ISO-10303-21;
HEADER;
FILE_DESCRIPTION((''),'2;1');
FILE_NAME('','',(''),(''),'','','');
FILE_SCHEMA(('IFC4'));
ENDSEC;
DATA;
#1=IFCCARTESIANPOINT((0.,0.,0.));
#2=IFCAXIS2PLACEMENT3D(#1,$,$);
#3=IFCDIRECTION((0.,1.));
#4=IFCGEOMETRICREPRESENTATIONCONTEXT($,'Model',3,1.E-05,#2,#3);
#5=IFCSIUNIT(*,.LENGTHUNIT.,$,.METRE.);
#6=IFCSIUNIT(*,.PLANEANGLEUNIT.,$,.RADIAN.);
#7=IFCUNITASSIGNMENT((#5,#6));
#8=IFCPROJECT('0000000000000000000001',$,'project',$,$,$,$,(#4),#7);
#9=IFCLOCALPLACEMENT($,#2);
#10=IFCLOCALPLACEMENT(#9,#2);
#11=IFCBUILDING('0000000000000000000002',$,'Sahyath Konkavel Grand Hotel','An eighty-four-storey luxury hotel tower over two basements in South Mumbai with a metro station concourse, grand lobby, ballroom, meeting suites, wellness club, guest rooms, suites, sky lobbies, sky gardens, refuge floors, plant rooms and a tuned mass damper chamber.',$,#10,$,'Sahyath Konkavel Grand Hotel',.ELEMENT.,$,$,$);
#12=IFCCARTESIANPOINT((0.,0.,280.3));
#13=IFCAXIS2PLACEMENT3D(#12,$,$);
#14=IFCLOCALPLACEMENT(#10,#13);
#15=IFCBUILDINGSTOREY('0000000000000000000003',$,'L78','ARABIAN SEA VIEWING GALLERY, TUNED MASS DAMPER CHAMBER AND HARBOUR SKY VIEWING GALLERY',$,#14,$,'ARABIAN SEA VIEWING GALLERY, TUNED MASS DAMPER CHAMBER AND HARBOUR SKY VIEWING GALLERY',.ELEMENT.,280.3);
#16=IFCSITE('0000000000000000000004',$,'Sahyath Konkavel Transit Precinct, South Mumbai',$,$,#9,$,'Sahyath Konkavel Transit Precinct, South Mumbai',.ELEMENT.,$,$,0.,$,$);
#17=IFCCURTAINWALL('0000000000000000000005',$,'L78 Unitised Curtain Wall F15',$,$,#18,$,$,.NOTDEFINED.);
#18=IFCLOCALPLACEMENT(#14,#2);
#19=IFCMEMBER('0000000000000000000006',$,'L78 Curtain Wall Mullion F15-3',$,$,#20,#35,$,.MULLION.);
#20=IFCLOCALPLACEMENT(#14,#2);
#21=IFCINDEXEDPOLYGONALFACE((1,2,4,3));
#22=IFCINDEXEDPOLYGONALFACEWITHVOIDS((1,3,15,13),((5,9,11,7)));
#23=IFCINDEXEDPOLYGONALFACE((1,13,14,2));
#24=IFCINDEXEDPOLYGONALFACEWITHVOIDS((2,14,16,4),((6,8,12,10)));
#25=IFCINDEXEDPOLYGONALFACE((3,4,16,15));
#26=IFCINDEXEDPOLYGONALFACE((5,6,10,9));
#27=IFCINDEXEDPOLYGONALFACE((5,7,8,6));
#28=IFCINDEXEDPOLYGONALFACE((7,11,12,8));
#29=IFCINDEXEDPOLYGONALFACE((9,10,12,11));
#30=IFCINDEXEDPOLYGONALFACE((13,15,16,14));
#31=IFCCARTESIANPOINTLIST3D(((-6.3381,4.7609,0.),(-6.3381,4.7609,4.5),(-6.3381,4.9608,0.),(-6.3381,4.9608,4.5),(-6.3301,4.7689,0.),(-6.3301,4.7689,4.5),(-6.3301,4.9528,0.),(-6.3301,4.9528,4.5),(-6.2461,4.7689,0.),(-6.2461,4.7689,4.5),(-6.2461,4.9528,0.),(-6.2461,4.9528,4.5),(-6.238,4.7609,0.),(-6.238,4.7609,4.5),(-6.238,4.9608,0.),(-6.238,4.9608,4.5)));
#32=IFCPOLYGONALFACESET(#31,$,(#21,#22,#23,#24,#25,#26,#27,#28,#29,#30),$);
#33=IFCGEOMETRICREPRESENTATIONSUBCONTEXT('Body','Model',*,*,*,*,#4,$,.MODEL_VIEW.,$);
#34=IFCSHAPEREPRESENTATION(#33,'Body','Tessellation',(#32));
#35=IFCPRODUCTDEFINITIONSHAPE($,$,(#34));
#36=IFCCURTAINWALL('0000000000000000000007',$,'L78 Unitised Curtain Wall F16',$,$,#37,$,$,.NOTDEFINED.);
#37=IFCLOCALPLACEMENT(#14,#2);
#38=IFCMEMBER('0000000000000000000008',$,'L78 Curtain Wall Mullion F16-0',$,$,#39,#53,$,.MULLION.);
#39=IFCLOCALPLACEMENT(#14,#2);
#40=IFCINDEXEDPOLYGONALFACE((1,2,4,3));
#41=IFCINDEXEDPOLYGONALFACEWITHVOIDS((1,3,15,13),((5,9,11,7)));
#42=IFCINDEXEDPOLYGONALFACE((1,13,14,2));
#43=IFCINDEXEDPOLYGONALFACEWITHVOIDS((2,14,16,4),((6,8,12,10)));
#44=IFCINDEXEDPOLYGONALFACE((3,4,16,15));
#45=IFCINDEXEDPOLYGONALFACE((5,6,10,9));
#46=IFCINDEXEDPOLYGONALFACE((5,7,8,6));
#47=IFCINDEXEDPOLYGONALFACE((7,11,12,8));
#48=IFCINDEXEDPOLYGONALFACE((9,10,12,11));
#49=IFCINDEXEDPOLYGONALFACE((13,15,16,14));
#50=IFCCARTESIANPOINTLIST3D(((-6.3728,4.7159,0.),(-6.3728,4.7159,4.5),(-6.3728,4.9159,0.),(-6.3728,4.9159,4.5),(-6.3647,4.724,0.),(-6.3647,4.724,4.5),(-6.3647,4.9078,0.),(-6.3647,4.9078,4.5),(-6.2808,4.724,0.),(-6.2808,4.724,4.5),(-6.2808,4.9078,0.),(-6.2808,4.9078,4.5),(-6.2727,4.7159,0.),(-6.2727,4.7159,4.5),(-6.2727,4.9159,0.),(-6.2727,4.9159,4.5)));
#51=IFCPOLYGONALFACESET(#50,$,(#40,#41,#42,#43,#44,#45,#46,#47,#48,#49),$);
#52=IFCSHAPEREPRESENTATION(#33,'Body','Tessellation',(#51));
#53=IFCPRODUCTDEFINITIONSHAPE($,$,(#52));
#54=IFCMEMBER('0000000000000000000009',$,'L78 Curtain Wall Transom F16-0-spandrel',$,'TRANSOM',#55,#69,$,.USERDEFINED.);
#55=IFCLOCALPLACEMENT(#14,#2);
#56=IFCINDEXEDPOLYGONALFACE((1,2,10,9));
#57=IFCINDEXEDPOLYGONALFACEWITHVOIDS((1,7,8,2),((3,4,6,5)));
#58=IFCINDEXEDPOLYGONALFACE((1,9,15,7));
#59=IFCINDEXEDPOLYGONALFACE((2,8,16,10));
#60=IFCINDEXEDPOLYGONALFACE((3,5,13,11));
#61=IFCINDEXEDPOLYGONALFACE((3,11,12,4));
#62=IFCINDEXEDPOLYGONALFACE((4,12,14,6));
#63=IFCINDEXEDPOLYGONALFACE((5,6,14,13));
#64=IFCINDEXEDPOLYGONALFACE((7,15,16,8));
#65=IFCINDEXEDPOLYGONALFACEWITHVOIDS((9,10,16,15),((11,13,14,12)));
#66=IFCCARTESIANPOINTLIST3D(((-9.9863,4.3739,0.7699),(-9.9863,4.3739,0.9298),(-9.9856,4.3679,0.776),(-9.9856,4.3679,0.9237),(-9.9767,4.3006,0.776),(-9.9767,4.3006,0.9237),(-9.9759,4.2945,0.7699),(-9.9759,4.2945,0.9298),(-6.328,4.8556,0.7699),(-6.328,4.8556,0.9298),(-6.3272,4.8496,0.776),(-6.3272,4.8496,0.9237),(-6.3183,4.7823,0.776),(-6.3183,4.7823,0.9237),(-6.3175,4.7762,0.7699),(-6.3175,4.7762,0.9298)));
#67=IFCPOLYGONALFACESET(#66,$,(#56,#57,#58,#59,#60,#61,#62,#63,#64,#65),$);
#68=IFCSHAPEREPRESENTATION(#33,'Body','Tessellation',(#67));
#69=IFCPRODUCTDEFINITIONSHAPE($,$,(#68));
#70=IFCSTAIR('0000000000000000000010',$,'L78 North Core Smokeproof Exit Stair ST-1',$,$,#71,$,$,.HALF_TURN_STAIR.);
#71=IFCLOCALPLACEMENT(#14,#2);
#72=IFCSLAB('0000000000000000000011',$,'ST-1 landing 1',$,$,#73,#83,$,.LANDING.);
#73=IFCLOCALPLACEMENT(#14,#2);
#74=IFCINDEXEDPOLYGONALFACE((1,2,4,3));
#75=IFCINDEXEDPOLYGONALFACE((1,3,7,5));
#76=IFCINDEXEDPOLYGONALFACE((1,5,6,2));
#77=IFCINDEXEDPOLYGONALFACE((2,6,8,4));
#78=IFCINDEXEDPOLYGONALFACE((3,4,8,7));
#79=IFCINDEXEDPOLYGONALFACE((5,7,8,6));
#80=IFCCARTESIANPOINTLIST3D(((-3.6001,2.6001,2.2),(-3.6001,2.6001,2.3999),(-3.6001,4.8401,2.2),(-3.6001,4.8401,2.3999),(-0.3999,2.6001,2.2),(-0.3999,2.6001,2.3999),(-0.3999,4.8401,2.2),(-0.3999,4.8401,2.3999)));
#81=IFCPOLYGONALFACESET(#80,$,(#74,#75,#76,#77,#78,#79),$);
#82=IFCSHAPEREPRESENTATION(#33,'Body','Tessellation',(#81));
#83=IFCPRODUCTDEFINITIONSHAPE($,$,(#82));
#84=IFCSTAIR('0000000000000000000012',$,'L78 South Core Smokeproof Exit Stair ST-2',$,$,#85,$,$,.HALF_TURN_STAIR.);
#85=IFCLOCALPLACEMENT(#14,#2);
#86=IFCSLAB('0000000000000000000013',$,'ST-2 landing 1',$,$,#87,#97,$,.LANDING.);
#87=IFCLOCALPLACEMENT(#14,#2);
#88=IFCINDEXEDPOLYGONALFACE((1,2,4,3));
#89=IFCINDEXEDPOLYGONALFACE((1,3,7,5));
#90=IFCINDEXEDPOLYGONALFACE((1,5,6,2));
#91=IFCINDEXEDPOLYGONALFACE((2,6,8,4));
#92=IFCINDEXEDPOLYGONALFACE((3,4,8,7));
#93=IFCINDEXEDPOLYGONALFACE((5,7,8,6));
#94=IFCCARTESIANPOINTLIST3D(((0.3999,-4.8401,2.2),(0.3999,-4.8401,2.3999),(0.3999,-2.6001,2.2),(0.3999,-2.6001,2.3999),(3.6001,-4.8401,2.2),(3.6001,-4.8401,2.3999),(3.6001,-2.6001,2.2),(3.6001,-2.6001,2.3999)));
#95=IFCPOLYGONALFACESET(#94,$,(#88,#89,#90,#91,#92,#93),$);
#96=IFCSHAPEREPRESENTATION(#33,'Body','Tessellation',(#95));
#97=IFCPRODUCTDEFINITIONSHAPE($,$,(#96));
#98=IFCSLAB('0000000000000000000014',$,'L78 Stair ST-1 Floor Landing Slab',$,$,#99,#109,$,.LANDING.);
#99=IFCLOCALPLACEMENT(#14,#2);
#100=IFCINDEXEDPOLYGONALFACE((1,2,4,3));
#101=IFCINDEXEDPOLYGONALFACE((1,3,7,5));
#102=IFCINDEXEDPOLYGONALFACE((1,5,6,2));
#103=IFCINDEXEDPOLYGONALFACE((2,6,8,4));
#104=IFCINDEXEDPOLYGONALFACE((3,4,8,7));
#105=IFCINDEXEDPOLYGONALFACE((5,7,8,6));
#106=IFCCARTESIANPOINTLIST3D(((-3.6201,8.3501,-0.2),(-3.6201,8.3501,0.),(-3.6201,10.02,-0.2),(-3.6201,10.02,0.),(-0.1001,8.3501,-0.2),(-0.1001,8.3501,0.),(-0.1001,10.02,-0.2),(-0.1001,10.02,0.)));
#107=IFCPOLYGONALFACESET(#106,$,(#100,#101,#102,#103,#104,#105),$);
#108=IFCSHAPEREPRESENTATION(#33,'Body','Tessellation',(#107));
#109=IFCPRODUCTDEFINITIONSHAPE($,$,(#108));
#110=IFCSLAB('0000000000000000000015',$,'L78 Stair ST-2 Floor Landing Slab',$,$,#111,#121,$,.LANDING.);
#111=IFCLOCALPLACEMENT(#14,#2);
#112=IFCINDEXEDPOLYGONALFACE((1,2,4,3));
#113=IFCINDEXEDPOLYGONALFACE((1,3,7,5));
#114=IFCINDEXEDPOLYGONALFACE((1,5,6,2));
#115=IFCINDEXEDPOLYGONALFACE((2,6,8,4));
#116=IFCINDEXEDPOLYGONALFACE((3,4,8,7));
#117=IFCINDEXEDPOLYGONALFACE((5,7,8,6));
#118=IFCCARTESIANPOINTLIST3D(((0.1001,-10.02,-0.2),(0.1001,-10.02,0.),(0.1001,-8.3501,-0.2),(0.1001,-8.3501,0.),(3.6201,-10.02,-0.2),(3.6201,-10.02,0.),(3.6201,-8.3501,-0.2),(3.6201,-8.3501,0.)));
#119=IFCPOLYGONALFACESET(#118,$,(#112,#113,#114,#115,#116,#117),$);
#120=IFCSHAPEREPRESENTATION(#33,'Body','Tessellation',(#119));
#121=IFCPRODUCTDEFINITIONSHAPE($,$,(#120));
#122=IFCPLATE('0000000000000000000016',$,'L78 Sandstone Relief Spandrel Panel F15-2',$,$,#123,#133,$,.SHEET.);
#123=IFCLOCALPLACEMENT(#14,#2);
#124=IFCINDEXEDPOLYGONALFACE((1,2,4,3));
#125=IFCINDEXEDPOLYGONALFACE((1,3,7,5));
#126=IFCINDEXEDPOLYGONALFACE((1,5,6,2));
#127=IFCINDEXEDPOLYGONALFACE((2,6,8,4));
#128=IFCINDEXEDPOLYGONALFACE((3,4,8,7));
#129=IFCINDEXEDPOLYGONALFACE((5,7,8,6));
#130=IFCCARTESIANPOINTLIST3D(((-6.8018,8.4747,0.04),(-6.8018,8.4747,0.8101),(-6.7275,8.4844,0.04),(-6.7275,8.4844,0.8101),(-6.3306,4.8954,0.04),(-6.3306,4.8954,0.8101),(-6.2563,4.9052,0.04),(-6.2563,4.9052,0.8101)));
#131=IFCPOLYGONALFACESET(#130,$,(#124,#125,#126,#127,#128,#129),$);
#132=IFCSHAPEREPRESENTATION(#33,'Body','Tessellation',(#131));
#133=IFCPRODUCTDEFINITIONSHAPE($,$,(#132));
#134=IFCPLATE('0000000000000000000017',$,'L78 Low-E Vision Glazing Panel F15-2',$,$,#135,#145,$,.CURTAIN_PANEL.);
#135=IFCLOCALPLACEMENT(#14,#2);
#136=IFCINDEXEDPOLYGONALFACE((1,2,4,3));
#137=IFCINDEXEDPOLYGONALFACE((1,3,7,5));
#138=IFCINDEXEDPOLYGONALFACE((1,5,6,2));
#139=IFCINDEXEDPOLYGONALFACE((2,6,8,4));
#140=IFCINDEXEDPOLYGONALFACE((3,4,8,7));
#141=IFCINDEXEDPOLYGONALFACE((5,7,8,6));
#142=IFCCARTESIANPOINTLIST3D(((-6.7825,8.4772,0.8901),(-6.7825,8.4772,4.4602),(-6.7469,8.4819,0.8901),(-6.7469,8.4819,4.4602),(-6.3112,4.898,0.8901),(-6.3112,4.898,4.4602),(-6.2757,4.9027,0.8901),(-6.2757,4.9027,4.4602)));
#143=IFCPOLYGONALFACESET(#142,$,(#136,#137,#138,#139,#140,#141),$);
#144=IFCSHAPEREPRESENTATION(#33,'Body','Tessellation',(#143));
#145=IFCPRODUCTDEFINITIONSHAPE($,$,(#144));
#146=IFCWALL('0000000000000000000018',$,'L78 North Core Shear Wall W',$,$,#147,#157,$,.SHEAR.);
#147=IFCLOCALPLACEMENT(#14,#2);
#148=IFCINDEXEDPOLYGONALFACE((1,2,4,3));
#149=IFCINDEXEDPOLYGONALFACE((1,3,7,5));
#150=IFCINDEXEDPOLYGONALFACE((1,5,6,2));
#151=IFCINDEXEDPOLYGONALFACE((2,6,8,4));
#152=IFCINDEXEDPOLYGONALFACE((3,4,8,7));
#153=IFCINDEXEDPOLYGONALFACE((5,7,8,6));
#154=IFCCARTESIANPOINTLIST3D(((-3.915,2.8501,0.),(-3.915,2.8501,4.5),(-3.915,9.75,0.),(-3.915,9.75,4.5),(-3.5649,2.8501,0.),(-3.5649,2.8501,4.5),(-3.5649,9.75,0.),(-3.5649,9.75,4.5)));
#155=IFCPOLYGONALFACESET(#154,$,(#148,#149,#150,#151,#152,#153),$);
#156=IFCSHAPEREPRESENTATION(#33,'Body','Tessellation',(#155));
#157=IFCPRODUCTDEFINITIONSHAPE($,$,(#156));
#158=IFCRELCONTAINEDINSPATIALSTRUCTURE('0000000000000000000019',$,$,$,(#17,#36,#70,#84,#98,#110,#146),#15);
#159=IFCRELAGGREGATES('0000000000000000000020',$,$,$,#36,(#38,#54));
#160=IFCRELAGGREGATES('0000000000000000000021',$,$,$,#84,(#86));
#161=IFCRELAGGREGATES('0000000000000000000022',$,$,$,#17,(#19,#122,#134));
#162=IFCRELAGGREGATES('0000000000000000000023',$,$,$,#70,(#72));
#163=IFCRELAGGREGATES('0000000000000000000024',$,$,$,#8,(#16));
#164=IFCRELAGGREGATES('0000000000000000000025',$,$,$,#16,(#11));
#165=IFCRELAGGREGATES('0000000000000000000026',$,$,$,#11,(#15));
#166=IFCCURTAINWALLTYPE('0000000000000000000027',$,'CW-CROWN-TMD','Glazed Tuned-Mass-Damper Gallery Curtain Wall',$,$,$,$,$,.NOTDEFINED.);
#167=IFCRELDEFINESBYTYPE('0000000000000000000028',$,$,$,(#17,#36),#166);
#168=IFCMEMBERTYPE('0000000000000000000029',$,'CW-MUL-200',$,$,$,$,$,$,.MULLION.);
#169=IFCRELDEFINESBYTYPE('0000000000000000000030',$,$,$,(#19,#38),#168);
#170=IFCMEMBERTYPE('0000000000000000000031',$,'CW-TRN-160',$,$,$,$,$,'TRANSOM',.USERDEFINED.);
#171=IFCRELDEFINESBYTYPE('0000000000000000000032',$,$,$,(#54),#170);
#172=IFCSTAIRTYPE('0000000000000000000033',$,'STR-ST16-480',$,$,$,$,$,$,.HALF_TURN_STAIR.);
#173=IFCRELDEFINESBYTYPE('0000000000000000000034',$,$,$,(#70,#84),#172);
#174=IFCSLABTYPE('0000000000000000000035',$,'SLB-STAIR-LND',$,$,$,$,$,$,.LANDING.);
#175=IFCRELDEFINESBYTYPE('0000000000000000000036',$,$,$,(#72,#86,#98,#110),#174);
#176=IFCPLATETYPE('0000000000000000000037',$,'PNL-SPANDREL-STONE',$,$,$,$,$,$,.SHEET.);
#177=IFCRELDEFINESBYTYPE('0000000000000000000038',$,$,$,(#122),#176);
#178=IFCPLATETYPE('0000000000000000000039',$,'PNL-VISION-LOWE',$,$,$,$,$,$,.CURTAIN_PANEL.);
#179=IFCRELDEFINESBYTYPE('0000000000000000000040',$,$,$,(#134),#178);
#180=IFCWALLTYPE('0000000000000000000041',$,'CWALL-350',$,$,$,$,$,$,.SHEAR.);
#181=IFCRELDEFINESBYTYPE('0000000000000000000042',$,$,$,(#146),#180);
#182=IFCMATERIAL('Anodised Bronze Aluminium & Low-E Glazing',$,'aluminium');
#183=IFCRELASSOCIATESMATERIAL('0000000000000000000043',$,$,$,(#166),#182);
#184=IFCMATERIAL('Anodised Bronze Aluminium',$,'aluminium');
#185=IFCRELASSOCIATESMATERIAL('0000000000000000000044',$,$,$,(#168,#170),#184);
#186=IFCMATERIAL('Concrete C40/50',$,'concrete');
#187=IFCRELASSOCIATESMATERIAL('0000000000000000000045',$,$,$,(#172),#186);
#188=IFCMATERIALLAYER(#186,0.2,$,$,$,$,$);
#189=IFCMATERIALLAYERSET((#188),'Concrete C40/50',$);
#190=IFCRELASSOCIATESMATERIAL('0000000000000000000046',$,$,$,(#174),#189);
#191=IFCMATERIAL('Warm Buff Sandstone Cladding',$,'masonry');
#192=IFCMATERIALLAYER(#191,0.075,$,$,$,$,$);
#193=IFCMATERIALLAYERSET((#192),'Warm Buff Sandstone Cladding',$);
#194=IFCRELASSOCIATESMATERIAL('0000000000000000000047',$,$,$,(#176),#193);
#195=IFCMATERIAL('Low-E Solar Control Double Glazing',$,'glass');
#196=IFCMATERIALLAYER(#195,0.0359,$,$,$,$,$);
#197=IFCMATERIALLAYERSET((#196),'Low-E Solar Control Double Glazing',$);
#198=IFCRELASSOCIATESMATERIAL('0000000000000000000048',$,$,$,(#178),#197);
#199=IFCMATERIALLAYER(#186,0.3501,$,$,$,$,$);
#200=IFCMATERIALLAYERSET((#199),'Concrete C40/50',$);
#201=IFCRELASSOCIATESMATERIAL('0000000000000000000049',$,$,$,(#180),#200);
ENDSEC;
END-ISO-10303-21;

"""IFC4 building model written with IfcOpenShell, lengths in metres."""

from ifc_helpers import new_model, si_unit, direction, frame, frame_2d, origin, origin_2d, place, context, subcontext, project, spatial, polyline, rectangle, hollow_rectangle, outline, extrude, source, transform, mapped, material, layer, layer_set, material_profile, profile_set, type_object, element, aggregate, save


model = new_model("IFC4")

# Units and contexts
model_context = context("Model", 3, precision=1e-05, world=origin(), true_north=direction((0.0, 1.0)))
body_context = subcontext(model_context, "Body", "Model", "MODEL_VIEW")
ifc_project = project(units=[si_unit("LENGTHUNIT", "METRE"), si_unit("PLANEANGLEUNIT", "RADIAN")], contexts=[model_context])

# Site, building, storey
site_placement = place(None, origin())
site = spatial("IfcSite", under=ifc_project, at=site_placement, Name="Sahyath Konkavel Transit Precinct, South Mumbai", LongName="Sahyath Konkavel Transit Precinct, South Mumbai", CompositionType="ELEMENT", RefElevation=0.0)
building_placement = place(site_placement, origin())
building = spatial("IfcBuilding", under=site, at=building_placement, Name="Sahyath Konkavel Grand Hotel", Description="An eighty-four-storey luxury hotel tower over two basements in South Mumbai with a metro station concourse, grand lobby, ballroom, meeting suites, wellness club, guest rooms, suites, sky lobbies, sky gardens, refuge floors, plant rooms and a tuned mass damper chamber.", LongName="Sahyath Konkavel Grand Hotel", CompositionType="ELEMENT")
storey_placement = place(building_placement, frame((0.0, 0.0, 280.3)))
storey = spatial("IfcBuildingStorey", under=building, at=storey_placement, Name="L78", Description="ARABIAN SEA VIEWING GALLERY, TUNED MASS DAMPER CHAMBER AND HARBOUR SKY VIEWING GALLERY", LongName="ARABIAN SEA VIEWING GALLERY, TUNED MASS DAMPER CHAMBER AND HARBOUR SKY VIEWING GALLERY", CompositionType="ELEMENT", Elevation=280.3)

# Shared definitions
ifc_material_1 = material(Name="Concrete C40/50", Category="concrete")

# Curtain wall, member
ifc_material_2 = material(Name="Anodised Bronze Aluminium & Low-E Glazing", Category="aluminium")
curtain_wall_type = type_object("IfcCurtainWallType", Name="CW-CROWN-TMD", Description="Glazed Tuned-Mass-Damper Gallery Curtain Wall", PredefinedType="NOTDEFINED", material=ifc_material_2)
curtain_wall_1_placement = place(storey_placement, origin())
curtain_wall_1 = element("IfcCurtainWall", 1, at=curtain_wall_1_placement, inside=storey, type_object=curtain_wall_type, Name="L78 Unitised Curtain Wall F15", PredefinedType="NOTDEFINED")
ifc_material_3 = material(Name="Anodised Bronze Aluminium", Category="aluminium")
ifc_material_profile_1 = material_profile(ifc_material_3, hollow_rectangle(XDim=0.1001, YDim=0.2, WallThickness=0.0081, at=origin_2d()), Name="RHS 200x100x8")
ifc_profile_set_1 = profile_set([ifc_material_profile_1], Name="Anodised Bronze Aluminium")
member_type_1 = type_object("IfcMemberType", Name="CW-MUL-200", PredefinedType="MULLION", material=ifc_profile_set_1)
shared_shape_1 = source(origin(), body_context, "Body", "SweptSolid", [
    extrude(hollow_rectangle(XDim=0.1001, YDim=0.2, WallThickness=0.0081, at=origin_2d()), origin(), (0.0, 0.0, 1.0), 4.5),
])
member_1_placement = place(storey_placement, frame((-6.2881, 4.8608, 0.0), z_axis=(0.0, 0.0, 1.0), x_axis=(1.0, 0.0, 0.0)))
member_1 = element("IfcMember", 2, at=member_1_placement, type_object=member_type_1, Name="L78 Curtain Wall Mullion F15-3", PredefinedType="MULLION", context=body_context, shape_type="MappedRepresentation", body=[
    mapped(shared_shape_1, transform((0.0, 0.0, 0.0), scale=1.0)),
])

# Curtain wall, members
curtain_wall_2_placement = place(storey_placement, origin())
curtain_wall_2 = element("IfcCurtainWall", 3, at=curtain_wall_2_placement, inside=storey, type_object=curtain_wall_type, Name="L78 Unitised Curtain Wall F16", PredefinedType="NOTDEFINED")
member_2_placement = place(storey_placement, frame((-6.3228, 4.8159, 0.0), z_axis=(0.0, 0.0, 1.0), x_axis=(1.0, 0.0, 0.0)))
member_2 = element("IfcMember", 4, at=member_2_placement, type_object=member_type_1, Name="L78 Curtain Wall Mullion F16-0", PredefinedType="MULLION", context=body_context, shape_type="MappedRepresentation", body=[
    mapped(shared_shape_1, transform((0.0, 0.0, 0.0), scale=1.0)),
])
ifc_material_profile_2 = material_profile(ifc_material_3, hollow_rectangle(XDim=0.0801, YDim=0.1599, WallThickness=0.0061, at=origin_2d()), Name="RHS 160x80x6")
ifc_profile_set_2 = profile_set([ifc_material_profile_2], Name="Anodised Bronze Aluminium")
member_type_2 = type_object("IfcMemberType", Name="CW-TRN-160", ElementType="TRANSOM", PredefinedType="USERDEFINED", material=ifc_profile_set_2)
shared_shape_2 = source(origin(), body_context, "Body", "SweptSolid", [
    extrude(hollow_rectangle(XDim=0.0801, YDim=0.1599, WallThickness=0.0061, at=origin_2d()), origin(), (0.0, 0.0, 1.0), 3.6899),
])
member_3_placement = place(storey_placement, frame((-6.3228, 4.8159, 0.8499), z_axis=(-0.991443, -0.130538, 0.0), x_axis=(0.130538, -0.991443, 0.0)))
member_3 = element("IfcMember", 5, at=member_3_placement, type_object=member_type_2, Name="L78 Curtain Wall Transom F16-0-spandrel", ObjectType="TRANSOM", PredefinedType="USERDEFINED", context=body_context, shape_type="MappedRepresentation", body=[
    mapped(shared_shape_2, transform((0.0, 0.0, 0.0), scale=1.0)),
])
aggregate(curtain_wall_2, [member_2, member_3])

# Stairs, slabs
stair_type = type_object("IfcStairType", Name="STR-ST16-480", PredefinedType="HALF_TURN_STAIR", material=ifc_material_1)
stair_1_placement = place(storey_placement, origin())
stair_1 = element("IfcStair", 6, at=stair_1_placement, inside=storey, type_object=stair_type, Name="L78 North Core Smokeproof Exit Stair ST-1", PredefinedType="HALF_TURN_STAIR")
ifc_layer_1 = layer(ifc_material_1, 0.2)
ifc_layer_set_1 = layer_set([ifc_layer_1], Name="Concrete C40/50")
slab_type = type_object("IfcSlabType", Name="SLB-STAIR-LND", PredefinedType="LANDING", material=ifc_layer_set_1)
slab_1_placement = place(storey_placement, frame((0.0, 0.0, 2.2)))
slab_1 = element("IfcSlab", 7, at=slab_1_placement, type_object=slab_type, Name="ST-1 landing 1", PredefinedType="LANDING", context=body_context, shape_type="SweptSolid", body=[
    extrude(outline(polyline([(-3.6001, 4.8401), (-3.6001, 2.6001), (-0.3999, 2.6001), (-0.3999, 4.8401), (-3.6001, 4.8401)])), origin(), (0.0, 0.0, 1.0), 0.2),
])
stair_2_placement = place(storey_placement, origin())
stair_2 = element("IfcStair", 8, at=stair_2_placement, inside=storey, type_object=stair_type, Name="L78 South Core Smokeproof Exit Stair ST-2", PredefinedType="HALF_TURN_STAIR")
slab_2_placement = place(storey_placement, frame((0.0, 0.0, 2.2)))
slab_2 = element("IfcSlab", 9, at=slab_2_placement, type_object=slab_type, Name="ST-2 landing 1", PredefinedType="LANDING", context=body_context, shape_type="SweptSolid", body=[
    extrude(outline(polyline([(3.6001, -4.8401), (3.6001, -2.6001), (0.3999, -2.6001), (0.3999, -4.8401), (3.6001, -4.8401)])), origin(), (0.0, 0.0, 1.0), 0.2),
])
aggregate(stair_2, [slab_2])

# Slabs
slab_3_placement = place(storey_placement, frame((0.0, 0.0, -0.2)))
element("IfcSlab", 10, at=slab_3_placement, inside=storey, type_object=slab_type, Name="L78 Stair ST-1 Floor Landing Slab", PredefinedType="LANDING", context=body_context, shape_type="SweptSolid", body=[
    extrude(outline(polyline([(-3.6201, 8.3501), (-0.1001, 8.3501), (-0.1001, 10.02), (-3.6201, 10.02), (-3.6201, 8.3501)])), origin(), (0.0, 0.0, 1.0), 0.2),
])
slab_4_placement = place(storey_placement, frame((0.0, 0.0, -0.2)))
element("IfcSlab", 11, at=slab_4_placement, inside=storey, type_object=slab_type, Name="L78 Stair ST-2 Floor Landing Slab", PredefinedType="LANDING", context=body_context, shape_type="SweptSolid", body=[
    extrude(outline(polyline([(0.1001, -10.02), (3.6201, -10.02), (3.6201, -8.3501), (0.1001, -8.3501), (0.1001, -10.02)])), origin(), (0.0, 0.0, 1.0), 0.2),
])

# Plates
ifc_material_4 = material(Name="Warm Buff Sandstone Cladding", Category="masonry")
ifc_layer_2 = layer(ifc_material_4, 0.075)
ifc_layer_set_2 = layer_set([ifc_layer_2], Name="Warm Buff Sandstone Cladding")
plate_type_1 = type_object("IfcPlateType", Name="PNL-SPANDREL-STONE", PredefinedType="SHEET", material=ifc_layer_set_2)
shared_shape_3 = source(origin(), body_context, "Body", "SweptSolid", [
    extrude(rectangle(XDim=3.6101, YDim=0.075, at=origin_2d()), origin(), (0.0, 0.0, 1.0), 0.77),
])
plate_1_placement = place(storey_placement, frame((-6.5291, 6.6899, 0.04), z_axis=(0.0, 0.0, 1.0), x_axis=(0.130526, -0.991445, 0.0)))
plate_1 = element("IfcPlate", 12, at=plate_1_placement, type_object=plate_type_1, Name="L78 Sandstone Relief Spandrel Panel F15-2", PredefinedType="SHEET", context=body_context, shape_type="MappedRepresentation", body=[
    mapped(shared_shape_3, transform((0.0, 0.0, 0.0), scale=1.0)),
])
ifc_material_5 = material(Name="Low-E Solar Control Double Glazing", Category="glass")
ifc_layer_3 = layer(ifc_material_5, 0.0359)
ifc_layer_set_3 = layer_set([ifc_layer_3], Name="Low-E Solar Control Double Glazing")
plate_type_2 = type_object("IfcPlateType", Name="PNL-VISION-LOWE", PredefinedType="CURTAIN_PANEL", material=ifc_layer_set_3)
shared_shape_4 = source(origin(), body_context, "Body", "SweptSolid", [
    extrude(rectangle(XDim=3.6101, YDim=0.0359, at=origin_2d()), origin(), (0.0, 0.0, 1.0), 3.5701),
])
plate_2_placement = place(storey_placement, frame((-6.5291, 6.6899, 0.8901), z_axis=(0.0, 0.0, 1.0), x_axis=(0.130526, -0.991445, 0.0)))
plate_2 = element("IfcPlate", 13, at=plate_2_placement, type_object=plate_type_2, Name="L78 Low-E Vision Glazing Panel F15-2", PredefinedType="CURTAIN_PANEL", context=body_context, shape_type="MappedRepresentation", body=[
    mapped(shared_shape_4, transform((0.0, 0.0, 0.0), scale=1.0)),
])
aggregate(curtain_wall_1, [member_1, plate_1, plate_2])

# Wall
ifc_layer_4 = layer(ifc_material_1, 0.3501)
ifc_layer_set_4 = layer_set([ifc_layer_4], Name="Concrete C40/50")
wall_type_1 = type_object("IfcWallType", Name="CWALL-350", PredefinedType="SHEAR", material=ifc_layer_set_4)
wall_1_placement = place(storey_placement, frame((-3.74, 2.8501, 0.0), z_axis=(0.0, 0.0, 1.0), x_axis=(0.0, 1.0, 0.0)))
element("IfcWall", 14, at=wall_1_placement, inside=storey, type_object=wall_type_1, Name="L78 North Core Shear Wall W", PredefinedType="SHEAR", context=body_context, shape_type="SweptSolid", body=[
    extrude(rectangle(XDim=6.8999, YDim=0.3501, at=frame_2d((3.45, 0.0))), origin(), (0.0, 0.0, 1.0), 4.5),
])

aggregate(stair_1, [slab_1])

save(model, "model.ifc")
